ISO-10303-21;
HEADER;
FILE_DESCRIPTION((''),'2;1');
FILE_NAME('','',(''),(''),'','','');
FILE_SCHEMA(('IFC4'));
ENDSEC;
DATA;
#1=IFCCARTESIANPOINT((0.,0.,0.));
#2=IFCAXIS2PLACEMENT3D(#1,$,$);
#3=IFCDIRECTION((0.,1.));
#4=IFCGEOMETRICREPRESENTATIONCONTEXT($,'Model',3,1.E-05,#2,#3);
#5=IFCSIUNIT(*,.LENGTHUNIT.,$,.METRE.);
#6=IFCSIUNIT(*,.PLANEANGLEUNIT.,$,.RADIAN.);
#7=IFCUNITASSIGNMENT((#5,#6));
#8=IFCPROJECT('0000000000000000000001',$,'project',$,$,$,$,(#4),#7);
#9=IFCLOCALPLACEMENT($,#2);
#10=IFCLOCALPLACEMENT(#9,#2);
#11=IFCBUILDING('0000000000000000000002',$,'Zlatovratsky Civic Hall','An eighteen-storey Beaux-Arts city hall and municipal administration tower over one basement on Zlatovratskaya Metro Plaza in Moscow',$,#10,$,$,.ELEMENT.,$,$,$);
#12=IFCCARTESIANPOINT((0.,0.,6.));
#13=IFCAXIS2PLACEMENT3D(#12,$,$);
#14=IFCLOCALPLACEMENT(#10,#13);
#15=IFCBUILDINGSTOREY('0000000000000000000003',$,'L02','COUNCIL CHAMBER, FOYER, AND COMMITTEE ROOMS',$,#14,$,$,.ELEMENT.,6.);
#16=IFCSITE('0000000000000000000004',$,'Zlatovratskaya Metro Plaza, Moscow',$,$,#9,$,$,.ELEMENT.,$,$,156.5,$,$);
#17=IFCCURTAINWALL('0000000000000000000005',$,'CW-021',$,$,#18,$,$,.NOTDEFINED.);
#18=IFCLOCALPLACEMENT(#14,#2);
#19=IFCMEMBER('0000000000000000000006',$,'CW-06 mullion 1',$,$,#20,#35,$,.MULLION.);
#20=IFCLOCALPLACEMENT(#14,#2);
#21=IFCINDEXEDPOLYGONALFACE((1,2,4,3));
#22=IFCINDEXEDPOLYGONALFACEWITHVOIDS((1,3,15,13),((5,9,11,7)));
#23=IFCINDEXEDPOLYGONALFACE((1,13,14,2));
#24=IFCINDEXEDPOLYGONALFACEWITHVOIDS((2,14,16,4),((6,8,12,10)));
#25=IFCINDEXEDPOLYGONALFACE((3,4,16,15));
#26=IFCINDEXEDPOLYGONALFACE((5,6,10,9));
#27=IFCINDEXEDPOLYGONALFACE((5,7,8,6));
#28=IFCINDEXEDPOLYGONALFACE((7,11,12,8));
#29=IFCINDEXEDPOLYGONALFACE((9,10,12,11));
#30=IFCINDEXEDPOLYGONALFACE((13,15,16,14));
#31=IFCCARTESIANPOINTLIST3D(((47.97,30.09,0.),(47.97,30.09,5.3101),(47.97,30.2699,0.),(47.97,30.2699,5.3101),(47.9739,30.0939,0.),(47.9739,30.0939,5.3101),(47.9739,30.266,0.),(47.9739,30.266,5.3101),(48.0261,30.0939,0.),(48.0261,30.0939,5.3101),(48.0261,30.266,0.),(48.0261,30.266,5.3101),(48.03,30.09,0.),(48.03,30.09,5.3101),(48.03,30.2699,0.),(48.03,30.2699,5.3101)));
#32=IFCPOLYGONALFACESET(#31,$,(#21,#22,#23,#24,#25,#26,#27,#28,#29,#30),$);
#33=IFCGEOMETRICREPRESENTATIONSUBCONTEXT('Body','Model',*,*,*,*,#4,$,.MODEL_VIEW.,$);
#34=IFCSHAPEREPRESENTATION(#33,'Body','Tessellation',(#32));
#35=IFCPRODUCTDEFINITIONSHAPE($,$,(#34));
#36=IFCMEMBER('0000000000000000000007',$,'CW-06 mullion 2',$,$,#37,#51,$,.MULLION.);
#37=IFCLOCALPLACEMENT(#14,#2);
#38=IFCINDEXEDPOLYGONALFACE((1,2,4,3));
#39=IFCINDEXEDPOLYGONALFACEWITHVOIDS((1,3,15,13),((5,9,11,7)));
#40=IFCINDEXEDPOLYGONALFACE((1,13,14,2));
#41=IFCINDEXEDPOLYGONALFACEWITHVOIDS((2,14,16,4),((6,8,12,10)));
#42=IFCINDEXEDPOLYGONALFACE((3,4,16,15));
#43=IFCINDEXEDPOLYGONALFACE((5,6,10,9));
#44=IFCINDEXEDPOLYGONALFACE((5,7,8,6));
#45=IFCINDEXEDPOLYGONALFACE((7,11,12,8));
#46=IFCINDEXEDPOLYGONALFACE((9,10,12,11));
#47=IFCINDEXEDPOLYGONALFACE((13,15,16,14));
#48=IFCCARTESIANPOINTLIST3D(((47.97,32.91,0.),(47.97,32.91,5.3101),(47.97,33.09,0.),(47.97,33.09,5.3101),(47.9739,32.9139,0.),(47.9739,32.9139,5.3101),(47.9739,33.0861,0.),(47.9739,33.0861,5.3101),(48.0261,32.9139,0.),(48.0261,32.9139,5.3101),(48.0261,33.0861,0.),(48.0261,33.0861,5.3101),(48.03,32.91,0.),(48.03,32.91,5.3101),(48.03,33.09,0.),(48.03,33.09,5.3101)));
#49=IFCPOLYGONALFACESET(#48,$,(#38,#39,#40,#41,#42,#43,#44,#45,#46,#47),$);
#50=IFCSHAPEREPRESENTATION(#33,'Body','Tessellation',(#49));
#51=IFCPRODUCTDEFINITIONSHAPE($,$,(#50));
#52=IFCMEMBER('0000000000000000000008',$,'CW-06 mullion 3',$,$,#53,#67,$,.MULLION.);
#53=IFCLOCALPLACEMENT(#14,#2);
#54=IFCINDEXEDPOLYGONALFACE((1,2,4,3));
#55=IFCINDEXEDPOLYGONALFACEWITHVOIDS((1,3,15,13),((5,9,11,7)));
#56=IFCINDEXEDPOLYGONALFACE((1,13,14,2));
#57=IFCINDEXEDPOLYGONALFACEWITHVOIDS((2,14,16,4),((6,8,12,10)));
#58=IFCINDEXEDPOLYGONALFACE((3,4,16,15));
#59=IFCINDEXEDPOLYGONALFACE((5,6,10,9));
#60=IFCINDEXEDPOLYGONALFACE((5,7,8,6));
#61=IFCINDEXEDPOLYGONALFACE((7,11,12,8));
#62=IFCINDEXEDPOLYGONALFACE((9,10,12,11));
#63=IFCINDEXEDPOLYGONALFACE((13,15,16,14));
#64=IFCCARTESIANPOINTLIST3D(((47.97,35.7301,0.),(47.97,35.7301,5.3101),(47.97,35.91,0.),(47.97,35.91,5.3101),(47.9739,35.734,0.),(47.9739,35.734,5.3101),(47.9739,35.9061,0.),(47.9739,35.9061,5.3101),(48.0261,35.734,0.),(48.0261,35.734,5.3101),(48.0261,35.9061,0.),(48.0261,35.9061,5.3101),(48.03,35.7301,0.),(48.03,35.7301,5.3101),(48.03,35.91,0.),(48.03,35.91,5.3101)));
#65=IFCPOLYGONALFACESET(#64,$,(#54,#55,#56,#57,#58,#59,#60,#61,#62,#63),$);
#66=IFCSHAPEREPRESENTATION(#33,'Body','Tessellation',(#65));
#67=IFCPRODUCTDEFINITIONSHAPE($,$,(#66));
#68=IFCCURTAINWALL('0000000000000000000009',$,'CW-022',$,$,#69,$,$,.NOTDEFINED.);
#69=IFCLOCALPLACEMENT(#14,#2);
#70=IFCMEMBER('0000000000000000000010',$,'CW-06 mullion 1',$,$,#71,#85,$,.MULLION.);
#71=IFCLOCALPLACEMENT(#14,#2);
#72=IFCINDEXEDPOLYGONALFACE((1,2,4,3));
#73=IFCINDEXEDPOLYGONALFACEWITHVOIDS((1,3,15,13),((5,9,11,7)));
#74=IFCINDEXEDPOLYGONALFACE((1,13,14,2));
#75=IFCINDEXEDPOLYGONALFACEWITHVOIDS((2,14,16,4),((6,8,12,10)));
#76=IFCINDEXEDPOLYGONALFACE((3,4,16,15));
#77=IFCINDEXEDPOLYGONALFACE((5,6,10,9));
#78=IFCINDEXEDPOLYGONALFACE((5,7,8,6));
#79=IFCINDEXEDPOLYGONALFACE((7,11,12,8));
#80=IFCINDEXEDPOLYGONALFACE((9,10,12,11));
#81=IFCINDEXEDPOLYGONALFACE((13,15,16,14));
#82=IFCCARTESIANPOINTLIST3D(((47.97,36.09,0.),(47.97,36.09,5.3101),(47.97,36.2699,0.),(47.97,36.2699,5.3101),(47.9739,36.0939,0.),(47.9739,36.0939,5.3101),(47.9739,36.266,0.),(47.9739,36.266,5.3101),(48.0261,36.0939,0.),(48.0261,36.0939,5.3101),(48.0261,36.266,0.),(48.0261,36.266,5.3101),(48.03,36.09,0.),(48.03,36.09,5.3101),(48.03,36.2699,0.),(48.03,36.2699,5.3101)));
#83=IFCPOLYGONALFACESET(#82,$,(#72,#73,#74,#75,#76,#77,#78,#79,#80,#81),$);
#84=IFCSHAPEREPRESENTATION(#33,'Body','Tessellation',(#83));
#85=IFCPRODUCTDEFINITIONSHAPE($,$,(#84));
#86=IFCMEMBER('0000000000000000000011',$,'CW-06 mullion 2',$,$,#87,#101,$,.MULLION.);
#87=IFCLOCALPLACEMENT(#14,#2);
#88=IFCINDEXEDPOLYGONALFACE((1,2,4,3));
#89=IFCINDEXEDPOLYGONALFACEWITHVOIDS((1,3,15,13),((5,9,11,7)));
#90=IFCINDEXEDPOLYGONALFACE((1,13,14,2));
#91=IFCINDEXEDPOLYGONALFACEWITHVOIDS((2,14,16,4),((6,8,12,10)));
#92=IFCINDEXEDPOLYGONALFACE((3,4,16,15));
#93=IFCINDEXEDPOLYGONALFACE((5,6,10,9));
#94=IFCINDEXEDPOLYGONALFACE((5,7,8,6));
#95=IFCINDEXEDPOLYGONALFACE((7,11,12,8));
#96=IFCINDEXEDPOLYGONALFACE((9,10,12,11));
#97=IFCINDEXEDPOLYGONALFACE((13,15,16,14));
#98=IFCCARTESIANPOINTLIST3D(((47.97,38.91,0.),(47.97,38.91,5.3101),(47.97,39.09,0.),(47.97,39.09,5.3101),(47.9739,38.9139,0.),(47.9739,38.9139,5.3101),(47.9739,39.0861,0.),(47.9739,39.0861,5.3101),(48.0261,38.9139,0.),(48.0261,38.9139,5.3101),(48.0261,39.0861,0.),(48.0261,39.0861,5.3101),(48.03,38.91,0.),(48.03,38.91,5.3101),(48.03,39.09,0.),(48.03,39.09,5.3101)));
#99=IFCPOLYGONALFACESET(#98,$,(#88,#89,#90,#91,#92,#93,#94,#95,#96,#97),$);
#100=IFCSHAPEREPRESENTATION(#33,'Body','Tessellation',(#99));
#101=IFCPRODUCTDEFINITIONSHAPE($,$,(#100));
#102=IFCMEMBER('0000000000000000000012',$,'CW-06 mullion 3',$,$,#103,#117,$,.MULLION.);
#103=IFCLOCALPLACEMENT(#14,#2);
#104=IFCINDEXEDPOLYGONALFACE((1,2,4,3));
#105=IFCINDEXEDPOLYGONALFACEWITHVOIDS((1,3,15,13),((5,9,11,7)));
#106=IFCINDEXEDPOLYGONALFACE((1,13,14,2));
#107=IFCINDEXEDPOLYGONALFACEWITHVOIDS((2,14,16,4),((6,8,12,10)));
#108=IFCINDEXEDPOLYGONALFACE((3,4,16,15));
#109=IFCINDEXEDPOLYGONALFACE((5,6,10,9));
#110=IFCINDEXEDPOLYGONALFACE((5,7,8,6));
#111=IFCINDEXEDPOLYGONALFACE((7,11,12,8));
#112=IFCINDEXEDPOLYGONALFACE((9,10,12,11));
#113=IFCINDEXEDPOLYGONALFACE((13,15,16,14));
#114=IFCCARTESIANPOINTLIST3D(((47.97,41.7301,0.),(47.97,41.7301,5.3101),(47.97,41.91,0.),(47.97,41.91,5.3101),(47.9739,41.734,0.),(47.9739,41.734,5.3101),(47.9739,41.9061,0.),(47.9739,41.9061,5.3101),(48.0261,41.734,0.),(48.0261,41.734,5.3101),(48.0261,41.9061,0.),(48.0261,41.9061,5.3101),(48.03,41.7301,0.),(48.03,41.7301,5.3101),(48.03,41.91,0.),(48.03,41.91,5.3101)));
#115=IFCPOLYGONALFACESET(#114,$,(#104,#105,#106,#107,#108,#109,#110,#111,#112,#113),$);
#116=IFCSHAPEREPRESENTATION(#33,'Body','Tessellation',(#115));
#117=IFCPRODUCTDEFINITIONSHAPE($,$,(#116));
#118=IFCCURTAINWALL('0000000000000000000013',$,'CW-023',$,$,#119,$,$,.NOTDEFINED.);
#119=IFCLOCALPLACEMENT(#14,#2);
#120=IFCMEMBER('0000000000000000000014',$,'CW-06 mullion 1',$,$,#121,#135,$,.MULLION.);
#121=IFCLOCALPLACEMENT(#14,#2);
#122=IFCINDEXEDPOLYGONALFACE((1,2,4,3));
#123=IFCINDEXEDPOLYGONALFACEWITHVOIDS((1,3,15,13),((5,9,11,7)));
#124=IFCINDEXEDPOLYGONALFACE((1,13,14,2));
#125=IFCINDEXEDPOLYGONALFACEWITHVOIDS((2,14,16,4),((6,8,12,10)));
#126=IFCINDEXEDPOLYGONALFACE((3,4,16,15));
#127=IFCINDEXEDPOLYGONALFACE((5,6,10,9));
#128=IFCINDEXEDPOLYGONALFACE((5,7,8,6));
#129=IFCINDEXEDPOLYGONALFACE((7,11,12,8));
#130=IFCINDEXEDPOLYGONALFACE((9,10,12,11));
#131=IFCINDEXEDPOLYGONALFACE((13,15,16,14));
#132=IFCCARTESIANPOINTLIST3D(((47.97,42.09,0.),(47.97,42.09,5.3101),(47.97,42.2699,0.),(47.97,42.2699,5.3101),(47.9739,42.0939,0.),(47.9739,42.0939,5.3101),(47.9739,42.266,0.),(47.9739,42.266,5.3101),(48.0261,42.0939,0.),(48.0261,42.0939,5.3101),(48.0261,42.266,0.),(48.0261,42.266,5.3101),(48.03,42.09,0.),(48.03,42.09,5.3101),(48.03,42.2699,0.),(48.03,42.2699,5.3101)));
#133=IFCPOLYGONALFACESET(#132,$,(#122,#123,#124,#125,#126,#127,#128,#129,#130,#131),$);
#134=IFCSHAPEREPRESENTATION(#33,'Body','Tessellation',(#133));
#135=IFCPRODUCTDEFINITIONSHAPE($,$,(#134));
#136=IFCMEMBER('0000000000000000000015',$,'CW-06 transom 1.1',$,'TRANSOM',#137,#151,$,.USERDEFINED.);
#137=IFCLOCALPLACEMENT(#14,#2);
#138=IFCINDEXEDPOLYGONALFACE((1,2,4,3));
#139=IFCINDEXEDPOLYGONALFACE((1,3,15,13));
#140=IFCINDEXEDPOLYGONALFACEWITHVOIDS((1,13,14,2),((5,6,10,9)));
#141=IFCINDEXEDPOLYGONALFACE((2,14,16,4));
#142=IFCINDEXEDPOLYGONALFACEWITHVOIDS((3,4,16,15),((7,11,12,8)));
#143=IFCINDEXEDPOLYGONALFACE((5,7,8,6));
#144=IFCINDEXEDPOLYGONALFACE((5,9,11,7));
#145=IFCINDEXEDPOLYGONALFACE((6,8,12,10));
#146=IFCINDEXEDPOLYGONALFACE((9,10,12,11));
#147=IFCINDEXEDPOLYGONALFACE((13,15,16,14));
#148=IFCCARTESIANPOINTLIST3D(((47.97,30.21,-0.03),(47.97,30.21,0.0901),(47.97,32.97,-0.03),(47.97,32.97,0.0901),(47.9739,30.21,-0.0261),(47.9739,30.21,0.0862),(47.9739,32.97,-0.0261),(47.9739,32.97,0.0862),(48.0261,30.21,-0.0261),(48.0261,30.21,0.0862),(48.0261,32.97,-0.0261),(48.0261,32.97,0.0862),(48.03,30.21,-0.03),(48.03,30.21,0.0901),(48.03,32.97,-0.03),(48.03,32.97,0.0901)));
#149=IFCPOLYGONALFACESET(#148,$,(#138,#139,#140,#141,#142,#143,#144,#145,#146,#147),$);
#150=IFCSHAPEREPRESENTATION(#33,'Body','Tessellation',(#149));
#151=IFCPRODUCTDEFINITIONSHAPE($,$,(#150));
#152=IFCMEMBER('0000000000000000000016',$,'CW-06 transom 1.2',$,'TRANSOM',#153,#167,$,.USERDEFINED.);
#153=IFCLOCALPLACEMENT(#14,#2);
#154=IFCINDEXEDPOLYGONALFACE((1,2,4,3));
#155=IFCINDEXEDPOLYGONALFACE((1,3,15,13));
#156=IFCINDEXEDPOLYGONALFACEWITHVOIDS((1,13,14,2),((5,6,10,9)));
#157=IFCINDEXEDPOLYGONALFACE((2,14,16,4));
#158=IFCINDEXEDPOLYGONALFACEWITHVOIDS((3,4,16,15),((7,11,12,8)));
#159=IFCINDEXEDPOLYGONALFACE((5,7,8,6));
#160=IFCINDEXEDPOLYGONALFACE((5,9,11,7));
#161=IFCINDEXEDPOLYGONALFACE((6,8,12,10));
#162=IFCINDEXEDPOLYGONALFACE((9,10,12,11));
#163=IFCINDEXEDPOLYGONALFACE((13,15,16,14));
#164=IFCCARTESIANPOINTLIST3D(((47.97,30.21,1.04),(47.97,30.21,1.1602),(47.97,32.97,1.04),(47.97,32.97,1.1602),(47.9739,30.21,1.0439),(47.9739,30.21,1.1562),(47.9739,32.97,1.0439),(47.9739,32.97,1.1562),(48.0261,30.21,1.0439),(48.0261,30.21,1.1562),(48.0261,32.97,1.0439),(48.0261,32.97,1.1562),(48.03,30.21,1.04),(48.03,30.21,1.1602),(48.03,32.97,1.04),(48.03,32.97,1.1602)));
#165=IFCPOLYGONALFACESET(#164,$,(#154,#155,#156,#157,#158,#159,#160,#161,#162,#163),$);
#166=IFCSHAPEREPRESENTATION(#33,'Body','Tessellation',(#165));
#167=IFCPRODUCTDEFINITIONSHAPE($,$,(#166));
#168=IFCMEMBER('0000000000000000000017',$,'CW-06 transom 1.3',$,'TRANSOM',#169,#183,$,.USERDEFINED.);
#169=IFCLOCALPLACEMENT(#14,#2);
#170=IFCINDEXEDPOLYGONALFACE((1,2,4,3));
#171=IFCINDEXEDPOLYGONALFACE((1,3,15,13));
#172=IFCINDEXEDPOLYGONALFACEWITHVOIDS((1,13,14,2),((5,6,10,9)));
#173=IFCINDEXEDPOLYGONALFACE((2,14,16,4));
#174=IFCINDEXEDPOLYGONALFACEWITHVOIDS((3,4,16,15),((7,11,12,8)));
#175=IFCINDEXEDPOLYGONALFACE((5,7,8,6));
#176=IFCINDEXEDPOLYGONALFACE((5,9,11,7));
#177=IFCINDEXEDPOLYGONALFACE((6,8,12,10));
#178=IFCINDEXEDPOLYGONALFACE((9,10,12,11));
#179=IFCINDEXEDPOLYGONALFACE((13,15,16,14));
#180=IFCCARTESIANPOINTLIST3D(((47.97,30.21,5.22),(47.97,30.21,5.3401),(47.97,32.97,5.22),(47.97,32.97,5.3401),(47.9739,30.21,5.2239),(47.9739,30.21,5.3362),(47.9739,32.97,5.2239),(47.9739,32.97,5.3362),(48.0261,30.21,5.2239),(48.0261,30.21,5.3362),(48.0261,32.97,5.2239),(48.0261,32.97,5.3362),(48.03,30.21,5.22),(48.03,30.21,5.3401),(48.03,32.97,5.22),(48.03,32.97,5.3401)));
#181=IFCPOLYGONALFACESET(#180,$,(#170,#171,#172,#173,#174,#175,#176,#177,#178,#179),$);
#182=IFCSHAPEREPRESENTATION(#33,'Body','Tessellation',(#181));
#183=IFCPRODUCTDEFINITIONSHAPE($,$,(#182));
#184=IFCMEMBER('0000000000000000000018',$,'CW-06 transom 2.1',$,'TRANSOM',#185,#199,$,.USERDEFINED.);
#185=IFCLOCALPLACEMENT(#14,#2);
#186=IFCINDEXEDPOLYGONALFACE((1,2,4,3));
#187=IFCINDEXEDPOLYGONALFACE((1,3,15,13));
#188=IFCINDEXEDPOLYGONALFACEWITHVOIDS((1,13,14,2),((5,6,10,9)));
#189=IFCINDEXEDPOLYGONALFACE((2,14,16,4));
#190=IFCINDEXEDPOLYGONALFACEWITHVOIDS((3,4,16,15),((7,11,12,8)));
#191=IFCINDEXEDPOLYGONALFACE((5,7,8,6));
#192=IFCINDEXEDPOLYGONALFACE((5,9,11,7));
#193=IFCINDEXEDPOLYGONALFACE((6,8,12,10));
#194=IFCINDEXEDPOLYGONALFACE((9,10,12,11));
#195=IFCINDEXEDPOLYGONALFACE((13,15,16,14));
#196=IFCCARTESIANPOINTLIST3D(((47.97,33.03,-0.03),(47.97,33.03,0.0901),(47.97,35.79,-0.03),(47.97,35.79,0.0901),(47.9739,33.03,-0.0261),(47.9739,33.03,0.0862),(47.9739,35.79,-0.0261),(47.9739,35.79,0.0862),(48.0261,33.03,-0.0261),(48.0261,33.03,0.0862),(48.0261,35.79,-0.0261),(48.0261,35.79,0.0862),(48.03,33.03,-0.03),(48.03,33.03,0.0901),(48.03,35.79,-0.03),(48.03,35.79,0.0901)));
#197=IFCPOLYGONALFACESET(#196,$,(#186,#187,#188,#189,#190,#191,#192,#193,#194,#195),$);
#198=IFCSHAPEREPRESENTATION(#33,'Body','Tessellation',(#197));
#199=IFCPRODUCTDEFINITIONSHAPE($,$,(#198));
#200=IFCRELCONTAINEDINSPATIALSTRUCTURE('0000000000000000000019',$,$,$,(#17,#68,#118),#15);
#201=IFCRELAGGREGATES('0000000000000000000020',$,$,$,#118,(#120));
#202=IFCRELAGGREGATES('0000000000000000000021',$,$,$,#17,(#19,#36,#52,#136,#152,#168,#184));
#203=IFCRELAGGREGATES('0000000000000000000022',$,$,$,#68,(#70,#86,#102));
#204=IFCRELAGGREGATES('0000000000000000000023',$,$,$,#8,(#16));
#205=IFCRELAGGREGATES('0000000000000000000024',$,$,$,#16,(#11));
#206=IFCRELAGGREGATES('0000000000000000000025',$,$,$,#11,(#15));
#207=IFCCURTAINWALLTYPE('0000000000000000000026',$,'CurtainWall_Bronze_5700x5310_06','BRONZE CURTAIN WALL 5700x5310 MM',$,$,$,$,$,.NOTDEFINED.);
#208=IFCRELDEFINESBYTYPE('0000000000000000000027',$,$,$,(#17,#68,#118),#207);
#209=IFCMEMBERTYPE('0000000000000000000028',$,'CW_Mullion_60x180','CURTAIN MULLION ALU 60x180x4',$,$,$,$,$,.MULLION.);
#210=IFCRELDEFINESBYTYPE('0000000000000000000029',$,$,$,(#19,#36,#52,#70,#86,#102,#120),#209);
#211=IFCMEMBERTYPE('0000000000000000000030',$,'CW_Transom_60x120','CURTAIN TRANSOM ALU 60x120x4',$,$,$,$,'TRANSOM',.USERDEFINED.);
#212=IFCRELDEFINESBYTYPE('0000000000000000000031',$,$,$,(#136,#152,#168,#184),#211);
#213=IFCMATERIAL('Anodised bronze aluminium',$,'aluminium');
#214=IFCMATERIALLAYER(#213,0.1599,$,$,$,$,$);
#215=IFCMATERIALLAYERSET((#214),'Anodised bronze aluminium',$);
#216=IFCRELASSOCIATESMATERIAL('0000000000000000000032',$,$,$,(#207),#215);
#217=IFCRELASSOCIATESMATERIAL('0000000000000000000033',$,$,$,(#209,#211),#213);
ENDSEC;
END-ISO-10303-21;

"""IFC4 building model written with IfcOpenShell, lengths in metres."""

from ifc_helpers import new_model, si_unit, direction, frame, origin, origin_2d, place, context, subcontext, project, spatial, hollow_rectangle, extrude, material, layer, layer_set, material_profile, profile_set, type_object, element, aggregate, save


model = new_model("IFC4")

# Units and contexts
model_context = context("Model", 3, precision=1e-05, world=origin(), true_north=direction((0.0, 1.0)))
body_context = subcontext(model_context, "Body", "Model", "MODEL_VIEW")
ifc_project = project(units=[si_unit("LENGTHUNIT", "METRE"), si_unit("PLANEANGLEUNIT", "RADIAN")], contexts=[model_context])

# Site, building, storey
site_placement = place(None, origin())
site = spatial("IfcSite", under=ifc_project, at=site_placement, Name="Zlatovratskaya Metro Plaza, Moscow", CompositionType="ELEMENT", RefElevation=156.5)
building_placement = place(site_placement, origin())
building = spatial("IfcBuilding", under=site, at=building_placement, Name="Zlatovratsky Civic Hall", Description="An eighteen-storey Beaux-Arts city hall and municipal administration tower over one basement on Zlatovratskaya Metro Plaza in Moscow", CompositionType="ELEMENT")
storey_placement = place(building_placement, frame((0.0, 0.0, 6.0)))
storey = spatial("IfcBuildingStorey", under=building, at=storey_placement, Name="L02", Description="COUNCIL CHAMBER, FOYER, AND COMMITTEE ROOMS", CompositionType="ELEMENT", Elevation=6.0)

# Curtain walls, members
ifc_material_1 = material(Name="Anodised bronze aluminium", Category="aluminium")
ifc_layer_1 = layer(ifc_material_1, 0.1599)
ifc_layer_set_1 = layer_set([ifc_layer_1], Name="Anodised bronze aluminium")
curtain_wall_type = type_object("IfcCurtainWallType", Name="CurtainWall_Bronze_5700x5310_06", Description="BRONZE CURTAIN WALL 5700x5310 MM", PredefinedType="NOTDEFINED", material=ifc_layer_set_1)
curtain_wall_1_placement = place(storey_placement, origin())
curtain_wall_1 = element("IfcCurtainWall", 1, at=curtain_wall_1_placement, inside=storey, type_object=curtain_wall_type, Name="CW-021", PredefinedType="NOTDEFINED")
ifc_material_profile_1 = material_profile(ifc_material_1, hollow_rectangle(XDim=0.0601, YDim=0.1799, WallThickness=0.0039, at=origin_2d()), Name="ALU 60x180x4")
ifc_profile_set_1 = profile_set([ifc_material_profile_1], Name="Anodised bronze aluminium")
member_type_1 = type_object("IfcMemberType", Name="CW_Mullion_60x180", Description="CURTAIN MULLION ALU 60x180x4", PredefinedType="MULLION", material=ifc_profile_set_1)
member_1_placement = place(storey_placement, frame((48.0, 30.1799, 0.0), z_axis=(0.0, 0.0, 1.0), x_axis=(-1.0, 0.0, 0.0)))
member_1 = element("IfcMember", 2, at=member_1_placement, type_object=member_type_1, Name="CW-06 mullion 1", PredefinedType="MULLION", context=body_context, shape_type="SweptSolid", body=[
    extrude(hollow_rectangle(XDim=0.0601, YDim=0.1799, WallThickness=0.0039, at=origin_2d()), origin(), (0.0, 0.0, 1.0), 5.3101),
])
member_2_placement = place(storey_placement, frame((48.0, 33.0, 0.0), z_axis=(0.0, 0.0, 1.0), x_axis=(-1.0, 0.0, 0.0)))
member_2 = element("IfcMember", 3, at=member_2_placement, type_object=member_type_1, Name="CW-06 mullion 2", PredefinedType="MULLION", context=body_context, shape_type="SweptSolid", body=[
    extrude(hollow_rectangle(XDim=0.0601, YDim=0.1799, WallThickness=0.0039, at=origin_2d()), origin(), (0.0, 0.0, 1.0), 5.3101),
])
member_3_placement = place(storey_placement, frame((48.0, 35.8201, 0.0), z_axis=(0.0, 0.0, 1.0), x_axis=(-1.0, 0.0, 0.0)))
member_3 = element("IfcMember", 4, at=member_3_placement, type_object=member_type_1, Name="CW-06 mullion 3", PredefinedType="MULLION", context=body_context, shape_type="SweptSolid", body=[
    extrude(hollow_rectangle(XDim=0.0601, YDim=0.1799, WallThickness=0.0039, at=origin_2d()), origin(), (0.0, 0.0, 1.0), 5.3101),
])
curtain_wall_2_placement = place(storey_placement, origin())
curtain_wall_2 = element("IfcCurtainWall", 5, at=curtain_wall_2_placement, inside=storey, type_object=curtain_wall_type, Name="CW-022", PredefinedType="NOTDEFINED")
member_4_placement = place(storey_placement, frame((48.0, 36.1799, 0.0), z_axis=(0.0, 0.0, 1.0), x_axis=(-1.0, 0.0, 0.0)))
member_4 = element("IfcMember", 6, at=member_4_placement, type_object=member_type_1, Name="CW-06 mullion 1", PredefinedType="MULLION", context=body_context, shape_type="SweptSolid", body=[
    extrude(hollow_rectangle(XDim=0.0601, YDim=0.1799, WallThickness=0.0039, at=origin_2d()), origin(), (0.0, 0.0, 1.0), 5.3101),
])
member_5_placement = place(storey_placement, frame((48.0, 39.0, 0.0), z_axis=(0.0, 0.0, 1.0), x_axis=(-1.0, 0.0, 0.0)))
member_5 = element("IfcMember", 7, at=member_5_placement, type_object=member_type_1, Name="CW-06 mullion 2", PredefinedType="MULLION", context=body_context, shape_type="SweptSolid", body=[
    extrude(hollow_rectangle(XDim=0.0601, YDim=0.1799, WallThickness=0.0039, at=origin_2d()), origin(), (0.0, 0.0, 1.0), 5.3101),
])
member_6_placement = place(storey_placement, frame((48.0, 41.8201, 0.0), z_axis=(0.0, 0.0, 1.0), x_axis=(-1.0, 0.0, 0.0)))
member_6 = element("IfcMember", 8, at=member_6_placement, type_object=member_type_1, Name="CW-06 mullion 3", PredefinedType="MULLION", context=body_context, shape_type="SweptSolid", body=[
    extrude(hollow_rectangle(XDim=0.0601, YDim=0.1799, WallThickness=0.0039, at=origin_2d()), origin(), (0.0, 0.0, 1.0), 5.3101),
])

# Curtain wall, member
curtain_wall_3_placement = place(storey_placement, origin())
curtain_wall_3 = element("IfcCurtainWall", 9, at=curtain_wall_3_placement, inside=storey, type_object=curtain_wall_type, Name="CW-023", PredefinedType="NOTDEFINED")
member_7_placement = place(storey_placement, frame((48.0, 42.1799, 0.0), z_axis=(0.0, 0.0, 1.0), x_axis=(-1.0, 0.0, 0.0)))
member_7 = element("IfcMember", 10, at=member_7_placement, type_object=member_type_1, Name="CW-06 mullion 1", PredefinedType="MULLION", context=body_context, shape_type="SweptSolid", body=[
    extrude(hollow_rectangle(XDim=0.0601, YDim=0.1799, WallThickness=0.0039, at=origin_2d()), origin(), (0.0, 0.0, 1.0), 5.3101),
])
aggregate(curtain_wall_3, [member_7])

# Members
ifc_material_profile_2 = material_profile(ifc_material_1, hollow_rectangle(XDim=0.0601, YDim=0.1201, WallThickness=0.0039, at=origin_2d()), Name="ALU 60x120x4")
ifc_profile_set_2 = profile_set([ifc_material_profile_2], Name="Anodised bronze aluminium")
member_type_2 = type_object("IfcMemberType", Name="CW_Transom_60x120", Description="CURTAIN TRANSOM ALU 60x120x4", ElementType="TRANSOM", PredefinedType="USERDEFINED", material=ifc_profile_set_2)
member_8_placement = place(storey_placement, frame((48.0, 30.21, 0.03), z_axis=(0.0, 1.0, 0.0), x_axis=(-1.0, 0.0, 0.0)))
member_8 = element("IfcMember", 11, at=member_8_placement, type_object=member_type_2, Name="CW-06 transom 1.1", ObjectType="TRANSOM", PredefinedType="USERDEFINED", context=body_context, shape_type="SweptSolid", body=[
    extrude(hollow_rectangle(XDim=0.0601, YDim=0.1201, WallThickness=0.0039, at=origin_2d()), origin(), (0.0, 0.0, 1.0), 2.76),
])
member_9_placement = place(storey_placement, frame((48.0, 30.21, 1.1001), z_axis=(0.0, 1.0, 0.0), x_axis=(-1.0, 0.0, 0.0)))
member_9 = element("IfcMember", 12, at=member_9_placement, type_object=member_type_2, Name="CW-06 transom 1.2", ObjectType="TRANSOM", PredefinedType="USERDEFINED", context=body_context, shape_type="SweptSolid", body=[
    extrude(hollow_rectangle(XDim=0.0601, YDim=0.1201, WallThickness=0.0039, at=origin_2d()), origin(), (0.0, 0.0, 1.0), 2.76),
])
member_10_placement = place(storey_placement, frame((48.0, 30.21, 5.28), z_axis=(0.0, 1.0, 0.0), x_axis=(-1.0, 0.0, 0.0)))
member_10 = element("IfcMember", 13, at=member_10_placement, type_object=member_type_2, Name="CW-06 transom 1.3", ObjectType="TRANSOM", PredefinedType="USERDEFINED", context=body_context, shape_type="SweptSolid", body=[
    extrude(hollow_rectangle(XDim=0.0601, YDim=0.1201, WallThickness=0.0039, at=origin_2d()), origin(), (0.0, 0.0, 1.0), 2.76),
])
member_11_placement = place(storey_placement, frame((48.0, 33.03, 0.03), z_axis=(0.0, 1.0, 0.0), x_axis=(-1.0, 0.0, 0.0)))
member_11 = element("IfcMember", 14, at=member_11_placement, type_object=member_type_2, Name="CW-06 transom 2.1", ObjectType="TRANSOM", PredefinedType="USERDEFINED", context=body_context, shape_type="SweptSolid", body=[
    extrude(hollow_rectangle(XDim=0.0601, YDim=0.1201, WallThickness=0.0039, at=origin_2d()), origin(), (0.0, 0.0, 1.0), 2.76),
])

aggregate(curtain_wall_1, [member_1, member_2, member_3, member_8, member_9, member_10, member_11])
aggregate(curtain_wall_2, [member_4, member_5, member_6])

save(model, "model.ifc")
